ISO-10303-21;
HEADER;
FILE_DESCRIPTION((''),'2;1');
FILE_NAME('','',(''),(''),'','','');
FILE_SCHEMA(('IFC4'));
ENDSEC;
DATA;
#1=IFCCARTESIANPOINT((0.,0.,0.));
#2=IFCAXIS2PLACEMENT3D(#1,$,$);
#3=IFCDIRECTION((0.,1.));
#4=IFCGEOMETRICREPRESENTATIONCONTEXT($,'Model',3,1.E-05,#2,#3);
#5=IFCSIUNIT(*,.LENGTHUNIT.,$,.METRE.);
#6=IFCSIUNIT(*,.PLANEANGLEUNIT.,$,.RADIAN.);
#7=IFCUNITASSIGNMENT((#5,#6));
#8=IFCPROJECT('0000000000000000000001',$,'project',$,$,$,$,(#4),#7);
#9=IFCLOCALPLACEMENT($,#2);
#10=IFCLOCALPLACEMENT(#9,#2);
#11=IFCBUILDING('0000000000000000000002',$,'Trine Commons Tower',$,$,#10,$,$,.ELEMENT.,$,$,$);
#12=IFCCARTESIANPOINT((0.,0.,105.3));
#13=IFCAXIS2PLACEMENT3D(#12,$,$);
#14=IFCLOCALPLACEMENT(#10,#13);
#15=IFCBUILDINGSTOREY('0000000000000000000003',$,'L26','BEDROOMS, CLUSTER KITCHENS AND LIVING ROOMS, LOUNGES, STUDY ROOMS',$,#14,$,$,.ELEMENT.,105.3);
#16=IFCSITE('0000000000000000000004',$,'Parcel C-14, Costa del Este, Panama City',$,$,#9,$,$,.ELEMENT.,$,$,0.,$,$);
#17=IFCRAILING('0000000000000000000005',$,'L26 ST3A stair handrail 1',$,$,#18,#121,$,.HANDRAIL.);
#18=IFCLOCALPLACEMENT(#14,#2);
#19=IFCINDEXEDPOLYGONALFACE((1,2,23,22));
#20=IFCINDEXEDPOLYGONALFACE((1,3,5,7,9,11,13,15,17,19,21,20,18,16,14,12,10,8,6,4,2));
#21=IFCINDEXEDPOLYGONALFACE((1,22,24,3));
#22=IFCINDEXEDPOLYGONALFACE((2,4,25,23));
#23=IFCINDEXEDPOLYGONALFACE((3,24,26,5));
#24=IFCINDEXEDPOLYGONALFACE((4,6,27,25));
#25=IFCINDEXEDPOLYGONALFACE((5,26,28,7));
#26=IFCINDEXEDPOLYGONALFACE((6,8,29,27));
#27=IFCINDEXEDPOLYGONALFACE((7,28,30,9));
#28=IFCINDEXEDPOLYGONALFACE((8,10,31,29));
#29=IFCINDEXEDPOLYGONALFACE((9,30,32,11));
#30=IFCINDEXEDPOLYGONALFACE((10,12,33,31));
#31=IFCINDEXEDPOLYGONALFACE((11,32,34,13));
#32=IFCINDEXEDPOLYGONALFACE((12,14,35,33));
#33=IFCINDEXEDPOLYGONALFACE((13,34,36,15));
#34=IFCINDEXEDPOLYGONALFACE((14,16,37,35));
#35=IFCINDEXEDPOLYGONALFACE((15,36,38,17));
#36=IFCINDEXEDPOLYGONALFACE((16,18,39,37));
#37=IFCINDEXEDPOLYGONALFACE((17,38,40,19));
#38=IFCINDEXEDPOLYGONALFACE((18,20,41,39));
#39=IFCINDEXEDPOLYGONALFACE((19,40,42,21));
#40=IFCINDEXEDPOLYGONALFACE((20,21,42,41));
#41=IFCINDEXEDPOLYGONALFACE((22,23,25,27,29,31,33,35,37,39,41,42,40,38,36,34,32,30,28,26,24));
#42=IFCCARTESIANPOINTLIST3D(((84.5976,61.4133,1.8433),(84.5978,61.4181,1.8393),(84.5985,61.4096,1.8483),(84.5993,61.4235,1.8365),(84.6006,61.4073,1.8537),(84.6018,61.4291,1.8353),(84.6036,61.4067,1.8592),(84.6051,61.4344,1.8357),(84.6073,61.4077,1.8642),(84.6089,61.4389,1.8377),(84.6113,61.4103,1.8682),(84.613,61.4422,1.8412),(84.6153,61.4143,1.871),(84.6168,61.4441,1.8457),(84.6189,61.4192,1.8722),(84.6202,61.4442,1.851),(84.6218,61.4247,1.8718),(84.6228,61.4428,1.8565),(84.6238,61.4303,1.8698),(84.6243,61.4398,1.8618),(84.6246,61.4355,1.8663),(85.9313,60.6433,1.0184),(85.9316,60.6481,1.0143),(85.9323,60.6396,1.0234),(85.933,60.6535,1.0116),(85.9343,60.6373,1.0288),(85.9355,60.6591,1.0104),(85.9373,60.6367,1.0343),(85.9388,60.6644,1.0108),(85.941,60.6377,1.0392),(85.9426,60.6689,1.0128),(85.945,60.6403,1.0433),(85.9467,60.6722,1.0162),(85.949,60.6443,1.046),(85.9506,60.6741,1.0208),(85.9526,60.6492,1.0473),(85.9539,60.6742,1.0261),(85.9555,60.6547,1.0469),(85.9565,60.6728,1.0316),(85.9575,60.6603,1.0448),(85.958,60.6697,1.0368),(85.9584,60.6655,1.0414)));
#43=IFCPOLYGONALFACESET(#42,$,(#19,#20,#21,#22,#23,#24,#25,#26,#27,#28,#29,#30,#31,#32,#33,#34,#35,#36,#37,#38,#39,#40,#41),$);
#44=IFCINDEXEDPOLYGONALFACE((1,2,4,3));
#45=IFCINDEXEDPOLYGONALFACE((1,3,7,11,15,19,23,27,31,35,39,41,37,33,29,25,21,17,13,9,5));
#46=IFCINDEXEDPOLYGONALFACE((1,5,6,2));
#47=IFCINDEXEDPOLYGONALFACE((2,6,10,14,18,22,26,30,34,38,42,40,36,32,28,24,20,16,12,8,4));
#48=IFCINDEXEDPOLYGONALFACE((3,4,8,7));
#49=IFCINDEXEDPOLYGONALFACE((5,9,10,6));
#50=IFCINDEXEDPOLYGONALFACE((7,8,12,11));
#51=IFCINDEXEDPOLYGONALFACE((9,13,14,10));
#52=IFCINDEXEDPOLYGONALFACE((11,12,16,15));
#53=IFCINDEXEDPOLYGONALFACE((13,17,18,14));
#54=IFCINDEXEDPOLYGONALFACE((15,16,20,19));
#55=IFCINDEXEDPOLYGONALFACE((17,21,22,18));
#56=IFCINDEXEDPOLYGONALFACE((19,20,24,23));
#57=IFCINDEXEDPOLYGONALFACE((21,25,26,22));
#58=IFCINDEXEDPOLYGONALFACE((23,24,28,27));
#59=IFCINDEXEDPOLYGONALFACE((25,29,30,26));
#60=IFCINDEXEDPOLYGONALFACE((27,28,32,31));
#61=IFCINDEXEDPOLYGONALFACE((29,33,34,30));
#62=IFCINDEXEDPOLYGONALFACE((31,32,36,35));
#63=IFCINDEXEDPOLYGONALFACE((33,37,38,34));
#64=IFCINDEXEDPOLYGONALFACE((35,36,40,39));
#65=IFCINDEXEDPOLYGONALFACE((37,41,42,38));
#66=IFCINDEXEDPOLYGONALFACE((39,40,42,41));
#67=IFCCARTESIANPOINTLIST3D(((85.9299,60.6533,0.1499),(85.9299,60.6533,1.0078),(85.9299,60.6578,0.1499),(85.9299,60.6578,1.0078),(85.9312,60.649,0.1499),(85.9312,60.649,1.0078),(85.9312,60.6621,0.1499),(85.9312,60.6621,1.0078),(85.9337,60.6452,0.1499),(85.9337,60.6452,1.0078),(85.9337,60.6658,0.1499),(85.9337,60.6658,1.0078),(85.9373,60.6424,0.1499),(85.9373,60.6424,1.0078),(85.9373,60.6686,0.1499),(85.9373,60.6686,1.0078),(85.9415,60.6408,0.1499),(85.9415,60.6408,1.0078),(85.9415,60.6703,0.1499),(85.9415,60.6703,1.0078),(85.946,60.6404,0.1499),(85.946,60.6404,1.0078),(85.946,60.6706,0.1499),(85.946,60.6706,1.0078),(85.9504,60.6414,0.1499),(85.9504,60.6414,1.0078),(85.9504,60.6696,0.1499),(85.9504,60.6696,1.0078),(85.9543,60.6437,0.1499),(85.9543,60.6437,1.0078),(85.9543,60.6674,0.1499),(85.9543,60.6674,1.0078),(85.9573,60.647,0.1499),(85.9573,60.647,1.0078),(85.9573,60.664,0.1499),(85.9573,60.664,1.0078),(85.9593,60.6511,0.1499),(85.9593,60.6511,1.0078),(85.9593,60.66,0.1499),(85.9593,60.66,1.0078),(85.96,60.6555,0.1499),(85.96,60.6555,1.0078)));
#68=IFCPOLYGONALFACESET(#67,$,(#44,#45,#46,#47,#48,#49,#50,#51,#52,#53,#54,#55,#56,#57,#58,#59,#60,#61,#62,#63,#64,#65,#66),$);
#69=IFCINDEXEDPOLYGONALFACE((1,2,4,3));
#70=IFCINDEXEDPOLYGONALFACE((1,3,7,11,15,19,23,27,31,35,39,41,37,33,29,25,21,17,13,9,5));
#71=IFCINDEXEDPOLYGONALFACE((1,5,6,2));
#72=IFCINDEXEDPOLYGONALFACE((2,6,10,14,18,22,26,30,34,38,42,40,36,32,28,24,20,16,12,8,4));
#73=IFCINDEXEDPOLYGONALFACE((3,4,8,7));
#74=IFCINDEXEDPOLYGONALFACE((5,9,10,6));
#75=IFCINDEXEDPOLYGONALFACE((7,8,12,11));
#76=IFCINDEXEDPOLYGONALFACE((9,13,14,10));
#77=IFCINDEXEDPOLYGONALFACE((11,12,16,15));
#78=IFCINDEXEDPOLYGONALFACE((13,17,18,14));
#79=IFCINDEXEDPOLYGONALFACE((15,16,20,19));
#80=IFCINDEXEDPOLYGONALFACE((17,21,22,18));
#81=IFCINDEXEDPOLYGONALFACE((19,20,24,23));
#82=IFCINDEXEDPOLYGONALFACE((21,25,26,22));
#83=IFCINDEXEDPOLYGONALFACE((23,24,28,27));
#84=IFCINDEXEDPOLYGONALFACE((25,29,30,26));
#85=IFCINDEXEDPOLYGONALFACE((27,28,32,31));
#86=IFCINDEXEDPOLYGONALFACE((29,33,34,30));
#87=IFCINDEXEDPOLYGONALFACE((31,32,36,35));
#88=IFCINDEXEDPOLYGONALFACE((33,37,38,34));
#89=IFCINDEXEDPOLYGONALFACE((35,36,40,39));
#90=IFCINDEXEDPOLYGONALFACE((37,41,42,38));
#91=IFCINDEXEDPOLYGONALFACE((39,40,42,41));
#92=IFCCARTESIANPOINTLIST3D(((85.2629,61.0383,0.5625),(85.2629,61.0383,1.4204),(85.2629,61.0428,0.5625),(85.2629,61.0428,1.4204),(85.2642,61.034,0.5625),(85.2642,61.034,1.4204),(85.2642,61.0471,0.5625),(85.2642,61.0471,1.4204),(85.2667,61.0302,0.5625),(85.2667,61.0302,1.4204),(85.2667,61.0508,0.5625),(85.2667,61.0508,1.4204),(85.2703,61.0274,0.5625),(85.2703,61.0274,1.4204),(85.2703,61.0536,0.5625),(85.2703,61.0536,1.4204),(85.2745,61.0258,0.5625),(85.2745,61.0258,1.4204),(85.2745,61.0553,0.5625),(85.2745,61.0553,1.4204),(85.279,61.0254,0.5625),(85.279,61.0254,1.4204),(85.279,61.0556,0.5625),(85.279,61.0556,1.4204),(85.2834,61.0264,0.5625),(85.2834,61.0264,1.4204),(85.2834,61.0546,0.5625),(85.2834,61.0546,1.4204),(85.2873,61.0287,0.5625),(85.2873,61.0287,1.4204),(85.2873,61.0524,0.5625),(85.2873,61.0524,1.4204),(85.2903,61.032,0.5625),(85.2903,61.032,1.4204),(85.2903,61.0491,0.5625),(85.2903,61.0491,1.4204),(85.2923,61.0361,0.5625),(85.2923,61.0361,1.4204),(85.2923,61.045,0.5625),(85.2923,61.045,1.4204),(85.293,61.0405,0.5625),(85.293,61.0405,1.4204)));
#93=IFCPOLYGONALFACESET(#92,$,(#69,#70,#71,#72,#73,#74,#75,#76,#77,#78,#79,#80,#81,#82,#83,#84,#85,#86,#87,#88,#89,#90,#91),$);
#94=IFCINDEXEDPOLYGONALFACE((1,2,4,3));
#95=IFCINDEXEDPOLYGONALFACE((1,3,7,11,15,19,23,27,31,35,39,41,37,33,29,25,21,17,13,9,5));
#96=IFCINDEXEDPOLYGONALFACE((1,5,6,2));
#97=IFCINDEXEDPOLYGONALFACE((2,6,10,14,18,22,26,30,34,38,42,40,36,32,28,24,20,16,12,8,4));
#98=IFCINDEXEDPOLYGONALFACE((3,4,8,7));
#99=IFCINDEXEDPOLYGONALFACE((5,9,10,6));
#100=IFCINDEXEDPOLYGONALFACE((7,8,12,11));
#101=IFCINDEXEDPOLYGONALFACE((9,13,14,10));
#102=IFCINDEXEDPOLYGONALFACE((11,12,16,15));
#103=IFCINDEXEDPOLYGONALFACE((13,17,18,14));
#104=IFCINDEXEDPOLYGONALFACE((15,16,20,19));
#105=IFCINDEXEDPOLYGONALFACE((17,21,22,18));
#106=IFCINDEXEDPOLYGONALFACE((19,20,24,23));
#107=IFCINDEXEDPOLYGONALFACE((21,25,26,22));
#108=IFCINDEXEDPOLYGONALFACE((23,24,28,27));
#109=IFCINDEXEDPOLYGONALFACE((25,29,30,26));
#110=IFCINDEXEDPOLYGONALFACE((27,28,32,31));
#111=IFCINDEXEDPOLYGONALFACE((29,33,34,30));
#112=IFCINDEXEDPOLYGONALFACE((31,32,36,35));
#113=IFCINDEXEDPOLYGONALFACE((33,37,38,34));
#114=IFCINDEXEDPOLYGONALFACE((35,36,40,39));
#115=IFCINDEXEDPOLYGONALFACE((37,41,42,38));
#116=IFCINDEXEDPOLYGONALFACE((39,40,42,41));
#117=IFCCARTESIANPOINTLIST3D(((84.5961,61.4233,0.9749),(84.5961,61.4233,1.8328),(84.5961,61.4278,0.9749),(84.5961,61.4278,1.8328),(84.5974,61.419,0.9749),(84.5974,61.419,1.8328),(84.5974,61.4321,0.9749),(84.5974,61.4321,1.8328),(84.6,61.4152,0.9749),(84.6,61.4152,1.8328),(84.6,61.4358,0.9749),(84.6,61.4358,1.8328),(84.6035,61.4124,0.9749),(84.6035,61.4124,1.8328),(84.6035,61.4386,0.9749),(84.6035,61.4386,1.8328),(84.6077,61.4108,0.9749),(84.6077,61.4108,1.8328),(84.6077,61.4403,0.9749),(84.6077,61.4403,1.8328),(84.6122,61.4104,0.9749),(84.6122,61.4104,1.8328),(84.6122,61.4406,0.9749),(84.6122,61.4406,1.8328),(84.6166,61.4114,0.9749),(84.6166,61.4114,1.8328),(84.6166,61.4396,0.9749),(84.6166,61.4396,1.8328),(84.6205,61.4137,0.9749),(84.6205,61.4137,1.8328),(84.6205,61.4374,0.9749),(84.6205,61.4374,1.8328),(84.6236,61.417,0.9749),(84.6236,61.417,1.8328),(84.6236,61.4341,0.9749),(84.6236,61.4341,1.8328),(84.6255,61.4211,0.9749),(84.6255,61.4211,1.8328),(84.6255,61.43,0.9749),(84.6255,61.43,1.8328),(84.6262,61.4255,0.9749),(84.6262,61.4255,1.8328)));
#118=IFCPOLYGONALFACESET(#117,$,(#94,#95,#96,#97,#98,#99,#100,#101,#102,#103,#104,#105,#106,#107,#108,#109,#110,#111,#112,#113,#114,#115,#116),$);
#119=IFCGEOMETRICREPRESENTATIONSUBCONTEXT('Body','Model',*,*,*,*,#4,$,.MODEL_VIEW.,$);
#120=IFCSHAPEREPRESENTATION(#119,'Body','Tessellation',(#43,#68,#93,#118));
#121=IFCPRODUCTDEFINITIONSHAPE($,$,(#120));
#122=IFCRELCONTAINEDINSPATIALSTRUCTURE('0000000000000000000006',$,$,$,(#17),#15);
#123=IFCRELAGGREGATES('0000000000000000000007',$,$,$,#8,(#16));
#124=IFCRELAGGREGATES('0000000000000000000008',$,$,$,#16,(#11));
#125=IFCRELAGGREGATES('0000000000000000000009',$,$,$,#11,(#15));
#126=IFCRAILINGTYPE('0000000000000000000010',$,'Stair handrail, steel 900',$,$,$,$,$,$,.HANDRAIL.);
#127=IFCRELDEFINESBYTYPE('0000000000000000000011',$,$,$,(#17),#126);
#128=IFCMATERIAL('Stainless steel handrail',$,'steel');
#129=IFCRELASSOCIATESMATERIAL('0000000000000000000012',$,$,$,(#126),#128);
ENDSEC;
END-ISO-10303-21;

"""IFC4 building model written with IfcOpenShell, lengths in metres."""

from ifc_helpers import new_model, si_unit, direction, frame, origin, origin_2d, place, context, subcontext, project, spatial, circle, extrude, material, type_object, element, save


model = new_model("IFC4")

# Units and contexts
model_context = context("Model", 3, precision=1e-05, world=origin(), true_north=direction((0.0, 1.0)))
body_context = subcontext(model_context, "Body", "Model", "MODEL_VIEW")
ifc_project = project(units=[si_unit("LENGTHUNIT", "METRE"), si_unit("PLANEANGLEUNIT", "RADIAN")], contexts=[model_context])

# Site, building, storey
site_placement = place(None, origin())
site = spatial("IfcSite", under=ifc_project, at=site_placement, Name="Parcel C-14, Costa del Este, Panama City", CompositionType="ELEMENT", RefElevation=0.0)
building_placement = place(site_placement, origin())
building = spatial("IfcBuilding", under=site, at=building_placement, Name="Trine Commons Tower", CompositionType="ELEMENT")
storey_placement = place(building_placement, frame((0.0, 0.0, 105.3)))
storey = spatial("IfcBuildingStorey", under=building, at=storey_placement, Name="L26", Description="BEDROOMS, CLUSTER KITCHENS AND LIVING ROOMS, LOUNGES, STUDY ROOMS", CompositionType="ELEMENT", Elevation=105.3)

# Railing
ifc_material_1 = material(Name="Stainless steel handrail", Category="steel")
railing_type = type_object("IfcRailingType", Name="Stair handrail, steel 900", PredefinedType="HANDRAIL", material=ifc_material_1)
railing_placement = place(storey_placement, frame((85.9448, 60.6555, 0.1499)))
element("IfcRailing", 1, at=railing_placement, inside=storey, type_object=railing_type, Name="L26 ST3A stair handrail 1", PredefinedType="HANDRAIL", context=body_context, shape_type="SweptSolid", body=[
    extrude(circle(Radius=0.021, at=origin_2d()), frame((0.0, 0.0, 0.8789), z_axis=(-0.763405, 0.440743, 0.472185), x_axis=(-0.499992, -0.86603, 0.0)), (0.0, 0.0, 1.0), 1.7471),
    extrude(circle(Radius=0.0151, at=origin_2d()), origin(), (0.0, 0.0, 1.0), 0.8579),
    extrude(circle(Radius=0.0151, at=origin_2d()), frame((-0.667, 0.385, 0.4126)), (0.0, 0.0, 1.0), 0.8579),
    extrude(circle(Radius=0.0151, at=origin_2d()), frame((-1.3337, 0.77, 0.825)), (0.0, 0.0, 1.0), 0.8579),
])

save(model, "model.ifc")
